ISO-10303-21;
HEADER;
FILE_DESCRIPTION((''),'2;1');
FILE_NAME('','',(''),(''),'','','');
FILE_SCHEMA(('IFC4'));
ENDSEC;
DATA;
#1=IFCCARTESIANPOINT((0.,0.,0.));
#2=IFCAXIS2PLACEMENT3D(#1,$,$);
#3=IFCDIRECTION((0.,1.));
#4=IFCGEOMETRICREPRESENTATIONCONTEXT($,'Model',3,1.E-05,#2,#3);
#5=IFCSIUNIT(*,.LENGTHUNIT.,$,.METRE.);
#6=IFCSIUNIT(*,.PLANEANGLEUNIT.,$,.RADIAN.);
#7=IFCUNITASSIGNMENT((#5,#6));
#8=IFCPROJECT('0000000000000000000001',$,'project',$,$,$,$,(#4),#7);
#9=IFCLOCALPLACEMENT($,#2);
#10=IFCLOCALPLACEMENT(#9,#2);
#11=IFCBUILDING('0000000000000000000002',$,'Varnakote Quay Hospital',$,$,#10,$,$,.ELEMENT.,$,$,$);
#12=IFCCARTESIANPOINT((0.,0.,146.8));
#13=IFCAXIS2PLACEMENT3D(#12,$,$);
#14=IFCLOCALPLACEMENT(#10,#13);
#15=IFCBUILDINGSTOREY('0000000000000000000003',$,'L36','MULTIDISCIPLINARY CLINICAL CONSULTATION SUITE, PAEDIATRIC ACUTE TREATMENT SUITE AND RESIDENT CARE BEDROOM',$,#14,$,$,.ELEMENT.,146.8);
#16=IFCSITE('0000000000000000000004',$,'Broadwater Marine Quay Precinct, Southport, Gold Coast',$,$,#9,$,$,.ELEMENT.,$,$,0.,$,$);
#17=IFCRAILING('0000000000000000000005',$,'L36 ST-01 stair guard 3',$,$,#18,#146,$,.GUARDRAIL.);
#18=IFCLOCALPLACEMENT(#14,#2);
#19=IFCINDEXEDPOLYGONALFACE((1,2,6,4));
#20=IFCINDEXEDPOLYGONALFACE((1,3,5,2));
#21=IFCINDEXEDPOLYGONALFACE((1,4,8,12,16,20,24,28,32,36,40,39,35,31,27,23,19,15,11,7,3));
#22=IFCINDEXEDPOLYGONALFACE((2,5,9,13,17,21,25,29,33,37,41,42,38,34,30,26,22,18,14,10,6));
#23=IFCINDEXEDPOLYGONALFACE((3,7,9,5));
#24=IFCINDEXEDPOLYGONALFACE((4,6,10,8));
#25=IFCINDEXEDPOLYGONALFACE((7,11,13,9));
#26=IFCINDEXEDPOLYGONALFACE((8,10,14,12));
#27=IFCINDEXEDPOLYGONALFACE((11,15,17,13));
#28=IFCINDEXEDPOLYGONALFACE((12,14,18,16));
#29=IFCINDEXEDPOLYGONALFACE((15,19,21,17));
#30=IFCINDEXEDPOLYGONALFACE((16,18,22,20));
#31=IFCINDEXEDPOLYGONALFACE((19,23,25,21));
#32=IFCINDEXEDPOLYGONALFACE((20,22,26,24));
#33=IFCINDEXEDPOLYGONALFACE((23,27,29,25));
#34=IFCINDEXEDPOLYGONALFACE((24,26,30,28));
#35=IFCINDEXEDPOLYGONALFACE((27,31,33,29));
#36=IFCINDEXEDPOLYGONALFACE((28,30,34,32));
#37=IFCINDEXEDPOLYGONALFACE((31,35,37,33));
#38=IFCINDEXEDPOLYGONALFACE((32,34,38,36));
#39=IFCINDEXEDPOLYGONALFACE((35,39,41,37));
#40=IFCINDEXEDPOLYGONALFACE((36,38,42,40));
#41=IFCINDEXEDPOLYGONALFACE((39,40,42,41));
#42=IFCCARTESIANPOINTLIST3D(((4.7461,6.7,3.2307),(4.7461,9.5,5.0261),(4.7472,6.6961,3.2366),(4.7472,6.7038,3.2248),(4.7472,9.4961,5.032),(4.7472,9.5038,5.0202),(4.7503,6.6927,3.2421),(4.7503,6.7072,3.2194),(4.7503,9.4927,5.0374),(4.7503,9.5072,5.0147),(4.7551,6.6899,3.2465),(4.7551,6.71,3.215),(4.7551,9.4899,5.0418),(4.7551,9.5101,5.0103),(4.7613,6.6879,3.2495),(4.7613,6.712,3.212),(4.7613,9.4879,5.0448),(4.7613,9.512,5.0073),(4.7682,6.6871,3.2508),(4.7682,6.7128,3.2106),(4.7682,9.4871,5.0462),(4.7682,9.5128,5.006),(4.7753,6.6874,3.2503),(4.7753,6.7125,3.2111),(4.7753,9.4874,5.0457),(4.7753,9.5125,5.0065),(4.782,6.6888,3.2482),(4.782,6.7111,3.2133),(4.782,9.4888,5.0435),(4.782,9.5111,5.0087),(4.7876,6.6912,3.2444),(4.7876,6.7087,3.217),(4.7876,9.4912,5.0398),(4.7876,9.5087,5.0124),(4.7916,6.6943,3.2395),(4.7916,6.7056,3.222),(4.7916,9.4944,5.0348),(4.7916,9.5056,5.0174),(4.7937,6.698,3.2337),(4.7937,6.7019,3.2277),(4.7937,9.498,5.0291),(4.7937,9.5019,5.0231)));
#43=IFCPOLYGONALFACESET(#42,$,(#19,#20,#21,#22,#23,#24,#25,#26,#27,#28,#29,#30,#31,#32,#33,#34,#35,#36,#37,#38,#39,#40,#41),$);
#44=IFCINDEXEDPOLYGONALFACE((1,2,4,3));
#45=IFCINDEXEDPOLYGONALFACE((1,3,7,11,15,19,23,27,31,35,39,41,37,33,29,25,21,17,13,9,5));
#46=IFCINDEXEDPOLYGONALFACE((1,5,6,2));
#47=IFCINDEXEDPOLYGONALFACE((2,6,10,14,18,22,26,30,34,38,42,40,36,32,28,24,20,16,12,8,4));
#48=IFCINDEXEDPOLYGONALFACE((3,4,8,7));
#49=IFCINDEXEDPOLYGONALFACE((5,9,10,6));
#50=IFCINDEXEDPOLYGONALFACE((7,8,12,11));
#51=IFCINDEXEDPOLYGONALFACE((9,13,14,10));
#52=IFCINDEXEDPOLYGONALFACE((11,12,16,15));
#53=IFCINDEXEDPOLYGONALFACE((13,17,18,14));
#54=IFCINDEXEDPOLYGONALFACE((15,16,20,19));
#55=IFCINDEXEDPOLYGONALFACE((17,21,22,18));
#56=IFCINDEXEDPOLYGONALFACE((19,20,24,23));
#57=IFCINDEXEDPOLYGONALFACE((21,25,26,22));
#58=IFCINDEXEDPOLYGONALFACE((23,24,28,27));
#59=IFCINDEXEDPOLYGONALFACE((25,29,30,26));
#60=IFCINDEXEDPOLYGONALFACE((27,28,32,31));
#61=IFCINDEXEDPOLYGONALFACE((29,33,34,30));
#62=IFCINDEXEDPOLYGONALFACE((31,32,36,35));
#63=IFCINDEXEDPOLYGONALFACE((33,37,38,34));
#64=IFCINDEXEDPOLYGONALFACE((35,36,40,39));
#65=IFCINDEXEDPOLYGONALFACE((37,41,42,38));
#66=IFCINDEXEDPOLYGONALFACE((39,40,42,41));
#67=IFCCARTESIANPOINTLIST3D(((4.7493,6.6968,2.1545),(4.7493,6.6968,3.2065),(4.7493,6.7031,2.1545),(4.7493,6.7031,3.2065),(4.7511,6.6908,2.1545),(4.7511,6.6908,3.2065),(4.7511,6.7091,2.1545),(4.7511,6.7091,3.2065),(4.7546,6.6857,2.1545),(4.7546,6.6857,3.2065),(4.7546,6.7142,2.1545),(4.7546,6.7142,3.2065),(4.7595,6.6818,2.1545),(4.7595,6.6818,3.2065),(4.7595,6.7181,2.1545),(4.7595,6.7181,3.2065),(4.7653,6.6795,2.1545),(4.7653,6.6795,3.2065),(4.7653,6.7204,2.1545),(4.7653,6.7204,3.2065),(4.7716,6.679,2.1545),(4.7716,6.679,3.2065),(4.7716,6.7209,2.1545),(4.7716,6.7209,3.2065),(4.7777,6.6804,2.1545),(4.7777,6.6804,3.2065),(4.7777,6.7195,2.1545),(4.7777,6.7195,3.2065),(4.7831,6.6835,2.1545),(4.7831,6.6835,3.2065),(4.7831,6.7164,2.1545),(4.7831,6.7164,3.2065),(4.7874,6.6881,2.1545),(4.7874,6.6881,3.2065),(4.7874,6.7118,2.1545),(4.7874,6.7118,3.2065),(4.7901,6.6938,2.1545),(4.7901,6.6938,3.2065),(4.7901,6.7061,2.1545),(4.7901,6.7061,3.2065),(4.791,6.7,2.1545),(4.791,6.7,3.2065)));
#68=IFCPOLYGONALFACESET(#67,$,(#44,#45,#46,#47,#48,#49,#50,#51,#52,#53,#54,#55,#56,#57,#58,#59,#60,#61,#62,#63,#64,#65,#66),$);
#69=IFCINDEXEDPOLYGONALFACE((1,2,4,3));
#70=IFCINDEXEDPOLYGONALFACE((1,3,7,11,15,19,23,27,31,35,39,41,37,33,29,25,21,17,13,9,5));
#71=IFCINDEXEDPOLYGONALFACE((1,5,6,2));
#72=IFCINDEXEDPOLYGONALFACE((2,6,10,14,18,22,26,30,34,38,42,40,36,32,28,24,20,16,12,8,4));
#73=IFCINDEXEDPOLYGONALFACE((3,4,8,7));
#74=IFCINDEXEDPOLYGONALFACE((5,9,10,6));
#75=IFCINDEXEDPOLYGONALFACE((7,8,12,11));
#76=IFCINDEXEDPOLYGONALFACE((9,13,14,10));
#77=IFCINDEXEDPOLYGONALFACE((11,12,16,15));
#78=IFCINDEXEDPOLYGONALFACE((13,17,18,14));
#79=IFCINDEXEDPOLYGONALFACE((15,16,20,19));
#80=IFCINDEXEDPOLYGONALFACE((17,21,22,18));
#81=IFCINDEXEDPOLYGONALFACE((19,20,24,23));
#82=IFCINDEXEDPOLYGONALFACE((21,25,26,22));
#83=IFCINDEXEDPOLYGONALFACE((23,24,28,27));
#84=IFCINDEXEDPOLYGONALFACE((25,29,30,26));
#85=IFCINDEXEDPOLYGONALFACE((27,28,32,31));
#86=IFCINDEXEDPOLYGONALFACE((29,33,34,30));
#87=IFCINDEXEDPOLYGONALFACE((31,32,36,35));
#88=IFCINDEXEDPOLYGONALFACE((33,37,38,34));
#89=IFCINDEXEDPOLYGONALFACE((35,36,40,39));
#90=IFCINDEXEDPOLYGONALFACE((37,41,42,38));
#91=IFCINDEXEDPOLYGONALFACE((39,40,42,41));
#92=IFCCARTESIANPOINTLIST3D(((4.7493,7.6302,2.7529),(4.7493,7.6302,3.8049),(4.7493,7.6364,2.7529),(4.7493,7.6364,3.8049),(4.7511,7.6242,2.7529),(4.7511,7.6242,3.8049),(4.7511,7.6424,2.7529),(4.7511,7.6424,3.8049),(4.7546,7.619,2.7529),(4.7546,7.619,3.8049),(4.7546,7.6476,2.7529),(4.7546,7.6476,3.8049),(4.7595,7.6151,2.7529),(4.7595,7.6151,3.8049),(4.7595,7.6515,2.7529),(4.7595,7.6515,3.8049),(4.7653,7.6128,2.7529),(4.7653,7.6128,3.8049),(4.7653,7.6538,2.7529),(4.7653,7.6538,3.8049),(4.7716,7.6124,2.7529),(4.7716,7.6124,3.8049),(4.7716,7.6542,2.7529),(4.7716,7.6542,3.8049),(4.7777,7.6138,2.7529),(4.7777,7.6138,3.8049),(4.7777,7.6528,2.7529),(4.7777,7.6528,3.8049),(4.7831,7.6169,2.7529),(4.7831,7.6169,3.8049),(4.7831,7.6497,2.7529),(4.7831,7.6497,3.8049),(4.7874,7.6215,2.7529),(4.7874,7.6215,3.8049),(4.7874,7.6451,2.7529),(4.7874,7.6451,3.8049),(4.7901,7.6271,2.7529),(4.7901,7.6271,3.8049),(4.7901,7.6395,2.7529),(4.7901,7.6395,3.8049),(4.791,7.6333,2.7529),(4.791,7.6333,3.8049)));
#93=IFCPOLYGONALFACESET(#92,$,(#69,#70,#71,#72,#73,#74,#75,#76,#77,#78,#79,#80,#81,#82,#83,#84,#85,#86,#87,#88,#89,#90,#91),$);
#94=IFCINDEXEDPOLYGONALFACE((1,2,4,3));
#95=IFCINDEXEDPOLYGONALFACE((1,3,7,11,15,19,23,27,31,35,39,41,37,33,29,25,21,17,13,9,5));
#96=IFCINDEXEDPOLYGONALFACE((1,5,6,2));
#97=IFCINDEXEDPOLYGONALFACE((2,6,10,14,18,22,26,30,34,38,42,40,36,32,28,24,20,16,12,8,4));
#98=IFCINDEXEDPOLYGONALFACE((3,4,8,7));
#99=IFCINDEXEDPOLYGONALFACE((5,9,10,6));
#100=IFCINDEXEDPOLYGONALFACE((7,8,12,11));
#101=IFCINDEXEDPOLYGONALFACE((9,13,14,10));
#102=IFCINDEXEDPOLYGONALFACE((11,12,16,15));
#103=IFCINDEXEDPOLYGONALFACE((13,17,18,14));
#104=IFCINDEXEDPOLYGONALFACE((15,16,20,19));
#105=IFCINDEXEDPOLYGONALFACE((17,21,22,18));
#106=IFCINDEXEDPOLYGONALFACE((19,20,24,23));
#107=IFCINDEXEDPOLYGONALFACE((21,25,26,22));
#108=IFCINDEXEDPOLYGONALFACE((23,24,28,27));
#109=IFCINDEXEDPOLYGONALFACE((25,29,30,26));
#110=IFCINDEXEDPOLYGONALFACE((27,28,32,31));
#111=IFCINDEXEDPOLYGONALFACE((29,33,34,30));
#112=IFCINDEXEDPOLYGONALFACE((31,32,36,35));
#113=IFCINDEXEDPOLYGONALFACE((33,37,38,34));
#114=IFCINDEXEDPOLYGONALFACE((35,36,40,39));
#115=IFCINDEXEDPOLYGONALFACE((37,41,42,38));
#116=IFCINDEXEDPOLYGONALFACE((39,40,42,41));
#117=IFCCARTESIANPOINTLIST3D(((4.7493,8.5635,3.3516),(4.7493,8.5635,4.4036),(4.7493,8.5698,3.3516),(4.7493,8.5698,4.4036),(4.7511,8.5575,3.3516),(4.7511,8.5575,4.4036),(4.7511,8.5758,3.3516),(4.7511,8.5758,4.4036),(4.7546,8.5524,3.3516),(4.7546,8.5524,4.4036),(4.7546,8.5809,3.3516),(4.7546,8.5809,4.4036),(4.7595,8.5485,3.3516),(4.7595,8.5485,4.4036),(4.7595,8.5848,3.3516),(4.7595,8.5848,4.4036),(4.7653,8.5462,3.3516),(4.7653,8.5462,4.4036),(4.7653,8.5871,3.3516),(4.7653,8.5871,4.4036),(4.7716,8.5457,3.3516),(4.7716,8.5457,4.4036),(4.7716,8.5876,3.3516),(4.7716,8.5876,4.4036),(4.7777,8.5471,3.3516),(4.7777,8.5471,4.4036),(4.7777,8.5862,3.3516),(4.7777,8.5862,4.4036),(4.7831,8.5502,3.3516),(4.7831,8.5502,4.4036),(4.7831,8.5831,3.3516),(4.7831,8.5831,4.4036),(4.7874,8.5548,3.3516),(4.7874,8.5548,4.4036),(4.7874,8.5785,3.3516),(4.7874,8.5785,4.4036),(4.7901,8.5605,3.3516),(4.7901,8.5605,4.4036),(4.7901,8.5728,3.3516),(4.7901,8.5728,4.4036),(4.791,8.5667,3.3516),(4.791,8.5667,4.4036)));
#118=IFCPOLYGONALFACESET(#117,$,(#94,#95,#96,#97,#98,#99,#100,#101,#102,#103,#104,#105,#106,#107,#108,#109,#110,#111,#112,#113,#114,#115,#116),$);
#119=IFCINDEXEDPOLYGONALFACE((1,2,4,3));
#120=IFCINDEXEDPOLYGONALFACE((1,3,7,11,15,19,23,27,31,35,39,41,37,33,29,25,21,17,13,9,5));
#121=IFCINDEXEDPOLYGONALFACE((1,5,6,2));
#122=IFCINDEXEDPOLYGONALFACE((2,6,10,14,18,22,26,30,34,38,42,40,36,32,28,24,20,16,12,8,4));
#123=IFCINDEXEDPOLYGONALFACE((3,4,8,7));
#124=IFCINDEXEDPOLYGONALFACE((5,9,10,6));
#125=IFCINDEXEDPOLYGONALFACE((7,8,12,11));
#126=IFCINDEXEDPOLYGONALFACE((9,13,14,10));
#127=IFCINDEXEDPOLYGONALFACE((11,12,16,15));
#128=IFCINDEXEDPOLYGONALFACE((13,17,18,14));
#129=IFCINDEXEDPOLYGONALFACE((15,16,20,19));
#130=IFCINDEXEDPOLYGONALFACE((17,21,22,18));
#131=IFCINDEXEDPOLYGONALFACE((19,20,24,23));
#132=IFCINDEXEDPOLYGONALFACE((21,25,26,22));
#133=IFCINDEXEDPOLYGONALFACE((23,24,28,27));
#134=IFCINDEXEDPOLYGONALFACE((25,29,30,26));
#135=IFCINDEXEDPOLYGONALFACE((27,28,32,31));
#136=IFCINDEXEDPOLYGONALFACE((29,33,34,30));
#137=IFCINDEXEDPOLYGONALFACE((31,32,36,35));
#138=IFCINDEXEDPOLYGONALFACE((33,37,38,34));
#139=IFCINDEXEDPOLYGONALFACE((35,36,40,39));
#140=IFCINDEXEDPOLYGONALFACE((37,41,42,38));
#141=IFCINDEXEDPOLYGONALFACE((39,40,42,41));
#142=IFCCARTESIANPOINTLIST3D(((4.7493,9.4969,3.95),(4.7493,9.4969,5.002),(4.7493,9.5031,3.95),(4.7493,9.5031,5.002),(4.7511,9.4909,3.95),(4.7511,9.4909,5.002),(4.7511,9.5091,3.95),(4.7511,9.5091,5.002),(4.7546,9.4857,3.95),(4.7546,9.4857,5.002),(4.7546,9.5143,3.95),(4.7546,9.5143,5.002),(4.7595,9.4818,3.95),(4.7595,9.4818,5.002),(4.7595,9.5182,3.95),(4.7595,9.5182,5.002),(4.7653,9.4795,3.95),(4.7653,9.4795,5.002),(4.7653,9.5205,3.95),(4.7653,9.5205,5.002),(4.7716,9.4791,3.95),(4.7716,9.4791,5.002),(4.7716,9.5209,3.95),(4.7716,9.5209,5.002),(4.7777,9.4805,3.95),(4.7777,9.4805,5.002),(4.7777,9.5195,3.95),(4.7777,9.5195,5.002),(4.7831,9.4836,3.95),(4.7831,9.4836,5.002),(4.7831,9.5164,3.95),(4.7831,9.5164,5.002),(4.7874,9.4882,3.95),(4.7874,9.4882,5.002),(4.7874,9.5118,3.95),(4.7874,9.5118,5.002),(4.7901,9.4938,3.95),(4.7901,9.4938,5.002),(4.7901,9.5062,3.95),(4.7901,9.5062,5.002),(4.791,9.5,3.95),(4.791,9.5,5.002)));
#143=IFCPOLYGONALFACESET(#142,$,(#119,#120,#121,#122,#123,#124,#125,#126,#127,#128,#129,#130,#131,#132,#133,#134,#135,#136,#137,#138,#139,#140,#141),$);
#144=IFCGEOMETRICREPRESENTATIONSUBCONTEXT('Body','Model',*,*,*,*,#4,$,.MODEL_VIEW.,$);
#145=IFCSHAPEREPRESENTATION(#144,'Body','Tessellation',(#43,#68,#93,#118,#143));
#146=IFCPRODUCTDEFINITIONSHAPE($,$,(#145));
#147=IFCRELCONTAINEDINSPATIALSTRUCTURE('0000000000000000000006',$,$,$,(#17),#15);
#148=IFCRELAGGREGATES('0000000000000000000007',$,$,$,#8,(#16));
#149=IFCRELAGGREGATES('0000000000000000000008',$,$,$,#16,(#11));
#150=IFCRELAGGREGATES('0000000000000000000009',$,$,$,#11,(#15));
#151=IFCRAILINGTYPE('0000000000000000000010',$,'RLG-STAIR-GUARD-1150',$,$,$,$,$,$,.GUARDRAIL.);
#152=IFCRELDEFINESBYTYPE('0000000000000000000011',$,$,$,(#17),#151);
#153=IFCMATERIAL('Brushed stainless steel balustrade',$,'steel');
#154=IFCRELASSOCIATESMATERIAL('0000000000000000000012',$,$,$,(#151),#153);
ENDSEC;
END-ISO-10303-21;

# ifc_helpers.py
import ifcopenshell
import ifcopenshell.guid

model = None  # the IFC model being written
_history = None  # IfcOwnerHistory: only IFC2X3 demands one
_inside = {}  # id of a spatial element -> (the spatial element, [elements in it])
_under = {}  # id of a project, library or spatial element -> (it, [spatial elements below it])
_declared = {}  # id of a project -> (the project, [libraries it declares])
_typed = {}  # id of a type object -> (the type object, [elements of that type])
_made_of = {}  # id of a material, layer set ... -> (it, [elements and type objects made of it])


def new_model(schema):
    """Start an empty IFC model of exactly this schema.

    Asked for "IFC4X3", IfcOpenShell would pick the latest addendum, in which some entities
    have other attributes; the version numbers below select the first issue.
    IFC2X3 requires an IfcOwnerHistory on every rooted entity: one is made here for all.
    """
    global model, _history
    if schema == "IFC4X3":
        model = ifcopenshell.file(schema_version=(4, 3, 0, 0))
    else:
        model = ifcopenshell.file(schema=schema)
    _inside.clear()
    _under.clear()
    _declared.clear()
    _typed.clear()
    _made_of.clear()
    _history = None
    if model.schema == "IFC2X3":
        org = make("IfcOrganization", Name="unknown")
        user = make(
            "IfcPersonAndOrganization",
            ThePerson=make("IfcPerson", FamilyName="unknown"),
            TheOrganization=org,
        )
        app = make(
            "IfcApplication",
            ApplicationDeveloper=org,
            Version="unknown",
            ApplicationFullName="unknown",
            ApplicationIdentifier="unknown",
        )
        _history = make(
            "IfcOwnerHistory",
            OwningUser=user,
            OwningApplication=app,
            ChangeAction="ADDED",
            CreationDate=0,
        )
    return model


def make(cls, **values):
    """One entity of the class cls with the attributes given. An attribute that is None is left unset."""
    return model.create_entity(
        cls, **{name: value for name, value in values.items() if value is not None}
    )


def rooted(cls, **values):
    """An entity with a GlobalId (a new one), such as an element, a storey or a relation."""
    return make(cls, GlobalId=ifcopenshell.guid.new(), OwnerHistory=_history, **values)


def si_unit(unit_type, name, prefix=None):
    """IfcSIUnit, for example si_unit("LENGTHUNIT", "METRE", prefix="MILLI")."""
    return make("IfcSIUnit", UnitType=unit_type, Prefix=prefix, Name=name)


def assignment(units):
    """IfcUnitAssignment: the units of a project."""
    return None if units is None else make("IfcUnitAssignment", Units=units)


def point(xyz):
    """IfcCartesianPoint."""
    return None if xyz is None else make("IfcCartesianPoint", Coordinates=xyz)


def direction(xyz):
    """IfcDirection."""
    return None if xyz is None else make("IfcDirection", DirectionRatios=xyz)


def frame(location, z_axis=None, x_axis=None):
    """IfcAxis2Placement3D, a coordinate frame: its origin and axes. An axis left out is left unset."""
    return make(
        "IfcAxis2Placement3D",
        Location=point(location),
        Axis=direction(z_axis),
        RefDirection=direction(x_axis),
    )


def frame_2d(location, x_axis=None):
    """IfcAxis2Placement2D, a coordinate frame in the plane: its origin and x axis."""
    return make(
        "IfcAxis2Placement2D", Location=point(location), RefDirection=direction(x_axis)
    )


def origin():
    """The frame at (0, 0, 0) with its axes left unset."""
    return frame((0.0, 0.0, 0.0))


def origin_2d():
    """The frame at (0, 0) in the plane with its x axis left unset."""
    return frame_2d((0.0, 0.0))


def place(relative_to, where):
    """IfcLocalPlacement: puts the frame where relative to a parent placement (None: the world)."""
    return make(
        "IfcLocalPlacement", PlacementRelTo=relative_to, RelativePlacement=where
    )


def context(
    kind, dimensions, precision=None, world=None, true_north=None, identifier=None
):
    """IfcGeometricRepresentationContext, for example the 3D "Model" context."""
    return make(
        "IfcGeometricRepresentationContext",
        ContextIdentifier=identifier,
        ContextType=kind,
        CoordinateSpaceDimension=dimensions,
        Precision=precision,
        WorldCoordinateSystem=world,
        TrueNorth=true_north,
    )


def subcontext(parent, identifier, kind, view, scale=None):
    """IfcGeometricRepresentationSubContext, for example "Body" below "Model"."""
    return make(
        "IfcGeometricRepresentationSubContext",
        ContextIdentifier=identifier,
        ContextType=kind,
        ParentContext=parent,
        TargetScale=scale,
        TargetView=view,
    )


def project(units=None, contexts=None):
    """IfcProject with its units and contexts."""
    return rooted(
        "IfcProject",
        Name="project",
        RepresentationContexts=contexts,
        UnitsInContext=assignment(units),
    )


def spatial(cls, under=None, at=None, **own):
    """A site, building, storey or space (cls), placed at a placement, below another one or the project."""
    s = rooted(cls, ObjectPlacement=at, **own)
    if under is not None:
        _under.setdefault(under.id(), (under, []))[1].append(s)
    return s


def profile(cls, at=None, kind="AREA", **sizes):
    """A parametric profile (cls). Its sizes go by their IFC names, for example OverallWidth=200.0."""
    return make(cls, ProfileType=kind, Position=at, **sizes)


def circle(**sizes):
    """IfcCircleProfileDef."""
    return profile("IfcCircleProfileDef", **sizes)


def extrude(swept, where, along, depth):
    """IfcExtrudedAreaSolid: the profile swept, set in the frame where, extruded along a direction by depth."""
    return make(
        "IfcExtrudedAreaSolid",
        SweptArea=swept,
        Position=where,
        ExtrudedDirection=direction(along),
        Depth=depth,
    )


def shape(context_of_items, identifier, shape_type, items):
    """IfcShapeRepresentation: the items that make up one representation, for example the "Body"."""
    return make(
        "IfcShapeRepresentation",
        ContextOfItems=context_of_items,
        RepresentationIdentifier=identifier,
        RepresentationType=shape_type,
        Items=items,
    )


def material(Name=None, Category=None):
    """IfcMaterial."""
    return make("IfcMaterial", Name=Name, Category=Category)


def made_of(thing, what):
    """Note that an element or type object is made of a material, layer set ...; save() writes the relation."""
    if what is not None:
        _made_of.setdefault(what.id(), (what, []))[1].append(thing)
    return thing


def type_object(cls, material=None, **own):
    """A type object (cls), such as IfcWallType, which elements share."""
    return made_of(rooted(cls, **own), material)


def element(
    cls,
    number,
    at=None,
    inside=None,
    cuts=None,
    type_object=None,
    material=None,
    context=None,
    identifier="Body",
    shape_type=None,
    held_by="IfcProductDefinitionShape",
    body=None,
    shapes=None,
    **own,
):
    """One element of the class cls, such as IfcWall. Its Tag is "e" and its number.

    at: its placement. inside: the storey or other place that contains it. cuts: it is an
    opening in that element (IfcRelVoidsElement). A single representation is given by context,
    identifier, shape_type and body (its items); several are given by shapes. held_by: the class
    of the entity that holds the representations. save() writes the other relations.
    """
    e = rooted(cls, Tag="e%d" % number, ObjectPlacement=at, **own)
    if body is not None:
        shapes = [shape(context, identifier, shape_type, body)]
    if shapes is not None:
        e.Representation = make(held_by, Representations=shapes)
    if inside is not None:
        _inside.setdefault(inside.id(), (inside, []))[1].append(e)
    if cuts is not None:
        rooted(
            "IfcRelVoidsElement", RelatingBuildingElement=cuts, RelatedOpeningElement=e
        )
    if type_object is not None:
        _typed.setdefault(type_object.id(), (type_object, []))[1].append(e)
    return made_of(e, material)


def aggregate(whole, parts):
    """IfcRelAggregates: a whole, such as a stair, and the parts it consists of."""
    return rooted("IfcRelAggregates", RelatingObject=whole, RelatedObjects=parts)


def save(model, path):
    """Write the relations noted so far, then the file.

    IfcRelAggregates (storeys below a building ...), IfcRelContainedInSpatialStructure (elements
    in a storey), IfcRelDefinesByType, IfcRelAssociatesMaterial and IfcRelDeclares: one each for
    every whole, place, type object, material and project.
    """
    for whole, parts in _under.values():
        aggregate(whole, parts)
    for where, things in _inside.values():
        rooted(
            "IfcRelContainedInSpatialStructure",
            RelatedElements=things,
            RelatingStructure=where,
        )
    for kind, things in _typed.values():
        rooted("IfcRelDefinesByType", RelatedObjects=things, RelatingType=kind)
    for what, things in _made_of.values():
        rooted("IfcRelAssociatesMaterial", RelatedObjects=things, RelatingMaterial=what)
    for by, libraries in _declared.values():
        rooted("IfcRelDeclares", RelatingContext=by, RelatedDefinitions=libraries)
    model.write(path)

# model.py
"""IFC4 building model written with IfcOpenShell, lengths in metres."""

from ifc_helpers import new_model, si_unit, direction, frame, origin, origin_2d, place, context, subcontext, project, spatial, circle, extrude, material, type_object, element, save


model = new_model("IFC4")

# Units and contexts
model_context = context("Model", 3, precision=1e-05, world=origin(), true_north=direction((0.0, 1.0)))
body_context = subcontext(model_context, "Body", "Model", "MODEL_VIEW")
ifc_project = project(units=[si_unit("LENGTHUNIT", "METRE"), si_unit("PLANEANGLEUNIT", "RADIAN")], contexts=[model_context])

# Site, building, storey
site_placement = place(None, origin())
site = spatial("IfcSite", under=ifc_project, at=site_placement, Name="Broadwater Marine Quay Precinct, Southport, Gold Coast", CompositionType="ELEMENT", RefElevation=0.0)
building_placement = place(site_placement, origin())
building = spatial("IfcBuilding", under=site, at=building_placement, Name="Varnakote Quay Hospital", CompositionType="ELEMENT")
storey_placement = place(building_placement, frame((0.0, 0.0, 146.8)))
storey = spatial("IfcBuildingStorey", under=building, at=storey_placement, Name="L36", Description="MULTIDISCIPLINARY CLINICAL CONSULTATION SUITE, PAEDIATRIC ACUTE TREATMENT SUITE AND RESIDENT CARE BEDROOM", CompositionType="ELEMENT", Elevation=146.8)

# Railing
ifc_material_1 = material(Name="Brushed stainless steel balustrade", Category="steel")
railing_type_1 = type_object("IfcRailingType", Name="RLG-STAIR-GUARD-1150", PredefinedType="GUARDRAIL", material=ifc_material_1)
railing_1_placement = place(storey_placement, frame((4.77, 6.7, 2.1545)))
element("IfcRailing", 1, at=railing_1_placement, inside=storey, type_object=railing_type_1, Name="L36 ST-01 stair guard 3", PredefinedType="GUARDRAIL", context=body_context, shape_type="SweptSolid", body=[
    extrude(circle(Radius=0.0239, at=origin_2d()), frame((0.0, 0.0, 1.0762), z_axis=(0.0, 0.84181, 0.539774), x_axis=(-1.0, 0.0, 0.0)), (0.0, 0.0, 1.0), 3.3262),
    extrude(circle(Radius=0.021, at=origin_2d()), origin(), (0.0, 0.0, 1.0), 1.052),
    extrude(circle(Radius=0.021, at=origin_2d()), frame((0.0, 0.9333, 0.5984)), (0.0, 0.0, 1.0), 1.052),
    extrude(circle(Radius=0.021, at=origin_2d()), frame((0.0, 1.8667, 1.197)), (0.0, 0.0, 1.0), 1.052),
    extrude(circle(Radius=0.021, at=origin_2d()), frame((0.0, 2.8, 1.7954)), (0.0, 0.0, 1.0), 1.052),
])

save(model, "model.ifc")
